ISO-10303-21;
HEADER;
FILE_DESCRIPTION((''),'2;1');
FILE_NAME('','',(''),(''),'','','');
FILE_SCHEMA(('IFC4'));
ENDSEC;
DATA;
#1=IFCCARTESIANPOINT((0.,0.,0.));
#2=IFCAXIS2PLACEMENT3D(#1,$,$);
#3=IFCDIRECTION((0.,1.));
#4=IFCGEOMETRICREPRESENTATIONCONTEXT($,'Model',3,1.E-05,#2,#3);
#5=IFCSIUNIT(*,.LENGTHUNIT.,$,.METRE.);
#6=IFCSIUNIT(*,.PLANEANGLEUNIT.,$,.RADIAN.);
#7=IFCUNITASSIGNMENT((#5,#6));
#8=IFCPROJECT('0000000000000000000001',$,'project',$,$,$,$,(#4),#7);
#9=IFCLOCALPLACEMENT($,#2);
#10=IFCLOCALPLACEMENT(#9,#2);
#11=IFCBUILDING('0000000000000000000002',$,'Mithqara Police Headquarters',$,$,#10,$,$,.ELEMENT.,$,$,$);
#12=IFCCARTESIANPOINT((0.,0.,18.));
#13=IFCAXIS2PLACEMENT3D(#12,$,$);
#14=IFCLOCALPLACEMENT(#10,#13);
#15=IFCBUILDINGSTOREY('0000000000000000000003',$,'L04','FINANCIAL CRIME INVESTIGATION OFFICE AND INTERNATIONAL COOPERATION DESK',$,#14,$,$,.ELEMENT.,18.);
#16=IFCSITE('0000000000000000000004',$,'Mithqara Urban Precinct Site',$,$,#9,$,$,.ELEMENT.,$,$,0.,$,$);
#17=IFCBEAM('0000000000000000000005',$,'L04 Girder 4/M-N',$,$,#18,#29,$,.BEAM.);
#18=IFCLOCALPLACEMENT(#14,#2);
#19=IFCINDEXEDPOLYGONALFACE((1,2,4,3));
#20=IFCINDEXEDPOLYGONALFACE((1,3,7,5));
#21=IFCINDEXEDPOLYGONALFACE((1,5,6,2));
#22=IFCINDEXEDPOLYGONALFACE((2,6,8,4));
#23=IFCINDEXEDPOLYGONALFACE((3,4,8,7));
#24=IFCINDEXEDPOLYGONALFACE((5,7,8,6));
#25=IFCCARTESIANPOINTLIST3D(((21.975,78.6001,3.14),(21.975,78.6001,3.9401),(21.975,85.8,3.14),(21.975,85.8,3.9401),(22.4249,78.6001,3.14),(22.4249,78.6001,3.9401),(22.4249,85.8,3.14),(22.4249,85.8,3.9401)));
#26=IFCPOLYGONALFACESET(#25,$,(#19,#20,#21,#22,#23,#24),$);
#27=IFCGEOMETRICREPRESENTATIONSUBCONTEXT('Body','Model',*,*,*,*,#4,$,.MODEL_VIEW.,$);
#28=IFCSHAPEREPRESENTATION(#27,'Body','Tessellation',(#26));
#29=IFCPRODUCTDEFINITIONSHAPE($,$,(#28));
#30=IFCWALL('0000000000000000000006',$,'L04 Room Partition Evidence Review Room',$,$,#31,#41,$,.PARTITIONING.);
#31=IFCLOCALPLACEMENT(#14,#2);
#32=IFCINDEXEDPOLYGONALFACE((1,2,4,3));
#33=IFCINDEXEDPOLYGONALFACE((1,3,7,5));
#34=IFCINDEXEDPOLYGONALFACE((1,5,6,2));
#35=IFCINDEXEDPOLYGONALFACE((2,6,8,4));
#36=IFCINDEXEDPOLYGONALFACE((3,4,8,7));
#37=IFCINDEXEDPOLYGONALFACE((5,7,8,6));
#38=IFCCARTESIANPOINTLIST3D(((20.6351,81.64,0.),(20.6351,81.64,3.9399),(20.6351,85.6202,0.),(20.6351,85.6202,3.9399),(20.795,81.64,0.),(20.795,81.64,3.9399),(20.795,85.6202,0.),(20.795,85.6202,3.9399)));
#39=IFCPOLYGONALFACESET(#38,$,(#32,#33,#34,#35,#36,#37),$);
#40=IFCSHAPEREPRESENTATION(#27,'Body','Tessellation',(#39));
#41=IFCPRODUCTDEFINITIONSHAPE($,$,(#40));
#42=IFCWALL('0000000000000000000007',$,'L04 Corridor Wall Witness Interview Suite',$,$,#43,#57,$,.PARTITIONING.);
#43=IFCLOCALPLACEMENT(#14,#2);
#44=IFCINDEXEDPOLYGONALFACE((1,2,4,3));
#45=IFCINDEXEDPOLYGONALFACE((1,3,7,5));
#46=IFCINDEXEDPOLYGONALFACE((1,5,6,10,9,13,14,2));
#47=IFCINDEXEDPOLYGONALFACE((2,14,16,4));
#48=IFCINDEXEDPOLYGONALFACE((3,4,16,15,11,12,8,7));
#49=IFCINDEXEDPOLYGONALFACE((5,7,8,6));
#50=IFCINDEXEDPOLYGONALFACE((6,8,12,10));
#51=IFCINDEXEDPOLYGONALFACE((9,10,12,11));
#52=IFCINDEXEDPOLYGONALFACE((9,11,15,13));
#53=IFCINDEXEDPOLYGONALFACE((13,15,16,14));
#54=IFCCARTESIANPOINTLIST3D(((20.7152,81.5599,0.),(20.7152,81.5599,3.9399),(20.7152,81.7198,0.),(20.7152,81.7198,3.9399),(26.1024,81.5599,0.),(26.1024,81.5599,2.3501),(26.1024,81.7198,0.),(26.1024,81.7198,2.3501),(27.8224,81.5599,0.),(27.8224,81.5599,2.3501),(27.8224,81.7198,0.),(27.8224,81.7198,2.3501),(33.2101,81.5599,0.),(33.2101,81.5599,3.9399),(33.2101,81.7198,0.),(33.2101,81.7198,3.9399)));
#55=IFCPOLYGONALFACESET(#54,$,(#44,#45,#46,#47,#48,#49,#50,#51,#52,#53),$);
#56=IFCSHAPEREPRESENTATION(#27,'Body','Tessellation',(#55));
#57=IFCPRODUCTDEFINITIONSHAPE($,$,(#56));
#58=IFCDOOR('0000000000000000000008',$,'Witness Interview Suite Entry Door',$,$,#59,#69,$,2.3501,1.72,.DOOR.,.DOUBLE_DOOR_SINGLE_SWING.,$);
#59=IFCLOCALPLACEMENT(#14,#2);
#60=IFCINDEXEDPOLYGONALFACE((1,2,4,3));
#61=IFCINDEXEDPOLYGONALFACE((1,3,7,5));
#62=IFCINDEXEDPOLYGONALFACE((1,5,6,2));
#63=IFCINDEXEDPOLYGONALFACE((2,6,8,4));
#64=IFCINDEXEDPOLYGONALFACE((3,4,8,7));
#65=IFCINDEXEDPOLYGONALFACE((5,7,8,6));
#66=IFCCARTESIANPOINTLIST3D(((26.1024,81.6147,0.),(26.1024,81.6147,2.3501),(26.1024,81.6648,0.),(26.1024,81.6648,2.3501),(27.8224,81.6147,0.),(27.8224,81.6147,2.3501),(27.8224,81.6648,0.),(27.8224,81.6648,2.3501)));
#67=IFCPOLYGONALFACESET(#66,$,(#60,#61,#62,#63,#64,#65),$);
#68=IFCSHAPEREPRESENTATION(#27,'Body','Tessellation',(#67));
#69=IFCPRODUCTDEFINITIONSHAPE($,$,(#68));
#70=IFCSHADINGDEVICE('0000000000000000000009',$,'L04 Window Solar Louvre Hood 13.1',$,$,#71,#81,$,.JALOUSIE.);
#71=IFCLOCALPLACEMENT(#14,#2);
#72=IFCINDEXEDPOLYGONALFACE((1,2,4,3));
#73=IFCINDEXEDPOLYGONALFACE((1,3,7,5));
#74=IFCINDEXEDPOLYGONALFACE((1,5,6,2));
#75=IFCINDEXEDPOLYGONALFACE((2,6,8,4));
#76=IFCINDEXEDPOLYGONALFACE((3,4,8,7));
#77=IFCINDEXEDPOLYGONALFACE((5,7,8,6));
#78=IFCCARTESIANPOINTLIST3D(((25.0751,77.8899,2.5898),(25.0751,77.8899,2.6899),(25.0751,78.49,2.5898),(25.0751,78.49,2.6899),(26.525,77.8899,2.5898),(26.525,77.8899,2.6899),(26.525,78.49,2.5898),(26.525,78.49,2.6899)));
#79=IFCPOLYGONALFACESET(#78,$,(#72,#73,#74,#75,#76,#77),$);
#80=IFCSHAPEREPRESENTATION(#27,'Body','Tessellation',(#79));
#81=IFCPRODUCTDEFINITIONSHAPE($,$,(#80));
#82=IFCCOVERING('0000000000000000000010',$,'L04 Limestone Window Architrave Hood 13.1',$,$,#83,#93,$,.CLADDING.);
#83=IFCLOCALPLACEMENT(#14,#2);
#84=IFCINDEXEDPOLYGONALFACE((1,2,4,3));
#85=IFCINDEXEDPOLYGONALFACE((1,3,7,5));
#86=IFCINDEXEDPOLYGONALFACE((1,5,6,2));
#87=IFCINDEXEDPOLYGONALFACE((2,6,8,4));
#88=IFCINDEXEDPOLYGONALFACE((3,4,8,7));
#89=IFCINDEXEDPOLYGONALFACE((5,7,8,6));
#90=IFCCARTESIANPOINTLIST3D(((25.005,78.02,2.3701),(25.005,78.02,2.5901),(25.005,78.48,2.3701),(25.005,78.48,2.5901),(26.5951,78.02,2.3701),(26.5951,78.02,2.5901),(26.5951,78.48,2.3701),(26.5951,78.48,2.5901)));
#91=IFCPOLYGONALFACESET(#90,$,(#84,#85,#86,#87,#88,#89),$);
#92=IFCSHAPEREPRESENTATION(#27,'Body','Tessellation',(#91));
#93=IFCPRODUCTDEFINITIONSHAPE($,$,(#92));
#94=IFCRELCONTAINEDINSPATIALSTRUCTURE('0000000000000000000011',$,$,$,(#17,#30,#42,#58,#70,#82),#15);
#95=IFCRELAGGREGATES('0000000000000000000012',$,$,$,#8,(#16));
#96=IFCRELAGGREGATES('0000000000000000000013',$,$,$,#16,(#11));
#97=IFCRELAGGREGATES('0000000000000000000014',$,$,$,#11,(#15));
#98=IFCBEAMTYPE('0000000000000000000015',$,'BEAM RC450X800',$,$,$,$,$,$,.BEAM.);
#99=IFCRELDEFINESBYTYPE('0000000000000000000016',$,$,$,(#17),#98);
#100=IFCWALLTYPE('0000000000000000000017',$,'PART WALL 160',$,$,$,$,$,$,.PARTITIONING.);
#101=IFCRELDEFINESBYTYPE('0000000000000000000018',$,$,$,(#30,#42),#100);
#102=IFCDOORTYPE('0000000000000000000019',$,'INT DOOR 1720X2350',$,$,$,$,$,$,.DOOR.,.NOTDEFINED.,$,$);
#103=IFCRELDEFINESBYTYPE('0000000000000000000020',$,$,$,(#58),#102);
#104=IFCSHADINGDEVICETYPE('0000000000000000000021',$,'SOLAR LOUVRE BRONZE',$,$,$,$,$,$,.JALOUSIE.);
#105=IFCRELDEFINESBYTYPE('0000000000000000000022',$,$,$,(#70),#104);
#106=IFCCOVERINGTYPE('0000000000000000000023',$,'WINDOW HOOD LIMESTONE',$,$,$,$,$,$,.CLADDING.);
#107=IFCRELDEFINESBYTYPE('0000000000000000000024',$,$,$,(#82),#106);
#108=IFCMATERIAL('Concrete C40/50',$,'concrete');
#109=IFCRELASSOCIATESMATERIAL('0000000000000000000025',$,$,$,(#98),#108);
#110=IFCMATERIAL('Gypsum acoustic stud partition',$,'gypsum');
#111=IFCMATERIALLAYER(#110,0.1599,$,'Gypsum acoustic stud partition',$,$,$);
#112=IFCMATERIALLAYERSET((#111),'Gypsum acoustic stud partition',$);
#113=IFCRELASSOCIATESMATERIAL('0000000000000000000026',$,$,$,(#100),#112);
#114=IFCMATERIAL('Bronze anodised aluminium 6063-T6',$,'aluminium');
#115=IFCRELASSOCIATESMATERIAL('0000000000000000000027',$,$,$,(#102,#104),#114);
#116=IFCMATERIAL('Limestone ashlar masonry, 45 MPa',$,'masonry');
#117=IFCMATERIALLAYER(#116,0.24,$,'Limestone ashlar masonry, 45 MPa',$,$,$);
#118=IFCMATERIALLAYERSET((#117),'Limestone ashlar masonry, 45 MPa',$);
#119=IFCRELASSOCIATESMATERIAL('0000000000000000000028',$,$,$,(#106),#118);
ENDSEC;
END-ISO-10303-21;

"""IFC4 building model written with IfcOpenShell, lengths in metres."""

from ifc_helpers import new_model, si_unit, direction, frame, frame_2d, origin, origin_2d, place, context, subcontext, project, spatial, rectangle, extrude, material, layer, layer_set, material_profile, profile_set, type_object, element, fill, save


model = new_model("IFC4")

# Units and contexts
model_context = context("Model", 3, precision=1e-05, world=origin(), true_north=direction((0.0, 1.0)))
body_context = subcontext(model_context, "Body", "Model", "MODEL_VIEW")
ifc_project = project(units=[si_unit("LENGTHUNIT", "METRE"), si_unit("PLANEANGLEUNIT", "RADIAN")], contexts=[model_context])

# Site, building, storey
site_placement = place(None, origin())
site = spatial("IfcSite", under=ifc_project, at=site_placement, Name="Mithqara Urban Precinct Site", CompositionType="ELEMENT", RefElevation=0.0)
building_placement = place(site_placement, origin())
building = spatial("IfcBuilding", under=site, at=building_placement, Name="Mithqara Police Headquarters", CompositionType="ELEMENT")
storey_placement = place(building_placement, frame((0.0, 0.0, 18.0)))
storey = spatial("IfcBuildingStorey", under=building, at=storey_placement, Name="L04", Description="FINANCIAL CRIME INVESTIGATION OFFICE AND INTERNATIONAL COOPERATION DESK", CompositionType="ELEMENT", Elevation=18.0)

# Beam
ifc_material_1 = material(Name="Concrete C40/50", Category="concrete")
ifc_material_profile_1 = material_profile(ifc_material_1, rectangle(XDim=0.45, YDim=0.8, at=origin_2d()), Name="RC 450x800")
ifc_profile_set_1 = profile_set([ifc_material_profile_1], Name="Concrete C40/50")
beam_type_1 = type_object("IfcBeamType", Name="BEAM RC450X800", PredefinedType="BEAM", material=ifc_profile_set_1)
beam_1_placement = place(storey_placement, frame((22.2, 78.6001, 3.54), z_axis=(0.0, 1.0, 0.0), x_axis=(-1.0, 0.0, 0.0)))
element("IfcBeam", 1, at=beam_1_placement, inside=storey, type_object=beam_type_1, Name="L04 Girder 4/M-N", PredefinedType="BEAM", context=body_context, shape_type="SweptSolid", body=[
    extrude(rectangle(XDim=0.45, YDim=0.8, at=origin_2d()), origin(), (0.0, 0.0, 1.0), 7.2),
])

# Shared definitions
ifc_material_2 = material(Name="Limestone ashlar masonry, 45 MPa", Category="masonry")

# Wall
ifc_material_3 = material(Name="Gypsum acoustic stud partition", Category="gypsum")
ifc_layer_1 = layer(ifc_material_3, 0.1599, Name="Gypsum acoustic stud partition")
ifc_layer_set_1 = layer_set([ifc_layer_1], Name="Gypsum acoustic stud partition")
wall_type_1 = type_object("IfcWallType", Name="PART WALL 160", PredefinedType="PARTITIONING", material=ifc_layer_set_1)
wall_1_placement = place(storey_placement, frame((20.7151, 81.6399, 0.0), z_axis=(0.0, 0.0, 1.0), x_axis=(0.0, 1.0, 0.0)))
element("IfcWall", 2, at=wall_1_placement, inside=storey, type_object=wall_type_1, Name="L04 Room Partition Evidence Review Room", PredefinedType="PARTITIONING", context=body_context, shape_type="SweptSolid", body=[
    extrude(rectangle(XDim=3.9802, YDim=0.1599, at=frame_2d((1.9902, 0.0))), origin(), (0.0, 0.0, 1.0), 3.9399),
])

# Wall, opening, door
wall_2_placement = place(storey_placement, frame((20.7151, 81.6399, 0.0), z_axis=(0.0, 0.0, 1.0), x_axis=(1.0, 0.0, 0.0)))
wall_2 = element("IfcWall", 3, at=wall_2_placement, inside=storey, type_object=wall_type_1, Name="L04 Corridor Wall Witness Interview Suite", PredefinedType="PARTITIONING", context=body_context, shape_type="SweptSolid", body=[
    extrude(rectangle(XDim=12.4949, YDim=0.1599, at=frame_2d((6.2476, 0.0))), origin(), (0.0, 0.0, 1.0), 3.9399),
])
opening_1_placement = place(wall_2_placement, frame((5.3875, 0.0, 0.0)))
opening_1 = element("IfcOpeningElement", 4, at=opening_1_placement, cuts=wall_2, PredefinedType="OPENING", context=body_context, shape_type="SweptSolid", body=[
    extrude(rectangle(XDim=1.72, YDim=2.3501, at=frame_2d((0.8599, 1.175))), frame((0.0, 0.0898, 0.0), z_axis=(0.0, -1.0, 0.0), x_axis=(1.0, 0.0, 0.0)), (0.0, 0.0, 1.0), 0.1799),
])
ifc_material_4 = material(Name="Bronze anodised aluminium 6063-T6", Category="aluminium")
door_type = type_object("IfcDoorType", Name="INT DOOR 1720X2350", OperationType="NOTDEFINED", PredefinedType="DOOR", material=ifc_material_4)
door_placement = place(opening_1_placement, origin())
door = element("IfcDoor", 5, at=door_placement, inside=storey, type_object=door_type, Name="Witness Interview Suite Entry Door", OperationType="DOUBLE_DOOR_SINGLE_SWING", OverallHeight=2.3501, OverallWidth=1.72, PredefinedType="DOOR", context=body_context, shape_type="SweptSolid", body=[
    extrude(rectangle(XDim=1.72, YDim=2.3501, at=frame_2d((0.8599, 1.175))), frame((0.0, 0.0249, 0.0), z_axis=(0.0, -1.0, 0.0), x_axis=(1.0, 0.0, 0.0)), (0.0, 0.0, 1.0), 0.05),
])
fill(opening_1, door)

# Shading device
shading_device_type = type_object("IfcShadingDeviceType", Name="SOLAR LOUVRE BRONZE", PredefinedType="JALOUSIE", material=ifc_material_4)
shading_device_placement = place(storey_placement, frame((25.8, 78.1899, 2.5898), z_axis=(0.0, 0.0, 1.0), x_axis=(1.0, 0.0, 0.0)))
element("IfcShadingDevice", 6, at=shading_device_placement, inside=storey, type_object=shading_device_type, Name="L04 Window Solar Louvre Hood 13.1", PredefinedType="JALOUSIE", context=body_context, shape_type="SweptSolid", body=[
    extrude(rectangle(XDim=1.45, YDim=0.6001, at=origin_2d()), origin(), (0.0, 0.0, 1.0), 0.1001),
])

# Covering
ifc_layer_2 = layer(ifc_material_2, 0.24, Name="Limestone ashlar masonry, 45 MPa")
ifc_layer_set_2 = layer_set([ifc_layer_2], Name="Limestone ashlar masonry, 45 MPa")
covering_type = type_object("IfcCoveringType", Name="WINDOW HOOD LIMESTONE", PredefinedType="CLADDING", material=ifc_layer_set_2)
covering_placement = place(storey_placement, frame((25.8, 78.25, 2.3701), z_axis=(0.0, 0.0, 1.0), x_axis=(1.0, 0.0, 0.0)))
element("IfcCovering", 7, at=covering_placement, inside=storey, type_object=covering_type, Name="L04 Limestone Window Architrave Hood 13.1", PredefinedType="CLADDING", context=body_context, shape_type="SweptSolid", body=[
    extrude(rectangle(XDim=1.5901, YDim=0.46, at=origin_2d()), origin(), (0.0, 0.0, 1.0), 0.22),
])

save(model, "model.ifc")
